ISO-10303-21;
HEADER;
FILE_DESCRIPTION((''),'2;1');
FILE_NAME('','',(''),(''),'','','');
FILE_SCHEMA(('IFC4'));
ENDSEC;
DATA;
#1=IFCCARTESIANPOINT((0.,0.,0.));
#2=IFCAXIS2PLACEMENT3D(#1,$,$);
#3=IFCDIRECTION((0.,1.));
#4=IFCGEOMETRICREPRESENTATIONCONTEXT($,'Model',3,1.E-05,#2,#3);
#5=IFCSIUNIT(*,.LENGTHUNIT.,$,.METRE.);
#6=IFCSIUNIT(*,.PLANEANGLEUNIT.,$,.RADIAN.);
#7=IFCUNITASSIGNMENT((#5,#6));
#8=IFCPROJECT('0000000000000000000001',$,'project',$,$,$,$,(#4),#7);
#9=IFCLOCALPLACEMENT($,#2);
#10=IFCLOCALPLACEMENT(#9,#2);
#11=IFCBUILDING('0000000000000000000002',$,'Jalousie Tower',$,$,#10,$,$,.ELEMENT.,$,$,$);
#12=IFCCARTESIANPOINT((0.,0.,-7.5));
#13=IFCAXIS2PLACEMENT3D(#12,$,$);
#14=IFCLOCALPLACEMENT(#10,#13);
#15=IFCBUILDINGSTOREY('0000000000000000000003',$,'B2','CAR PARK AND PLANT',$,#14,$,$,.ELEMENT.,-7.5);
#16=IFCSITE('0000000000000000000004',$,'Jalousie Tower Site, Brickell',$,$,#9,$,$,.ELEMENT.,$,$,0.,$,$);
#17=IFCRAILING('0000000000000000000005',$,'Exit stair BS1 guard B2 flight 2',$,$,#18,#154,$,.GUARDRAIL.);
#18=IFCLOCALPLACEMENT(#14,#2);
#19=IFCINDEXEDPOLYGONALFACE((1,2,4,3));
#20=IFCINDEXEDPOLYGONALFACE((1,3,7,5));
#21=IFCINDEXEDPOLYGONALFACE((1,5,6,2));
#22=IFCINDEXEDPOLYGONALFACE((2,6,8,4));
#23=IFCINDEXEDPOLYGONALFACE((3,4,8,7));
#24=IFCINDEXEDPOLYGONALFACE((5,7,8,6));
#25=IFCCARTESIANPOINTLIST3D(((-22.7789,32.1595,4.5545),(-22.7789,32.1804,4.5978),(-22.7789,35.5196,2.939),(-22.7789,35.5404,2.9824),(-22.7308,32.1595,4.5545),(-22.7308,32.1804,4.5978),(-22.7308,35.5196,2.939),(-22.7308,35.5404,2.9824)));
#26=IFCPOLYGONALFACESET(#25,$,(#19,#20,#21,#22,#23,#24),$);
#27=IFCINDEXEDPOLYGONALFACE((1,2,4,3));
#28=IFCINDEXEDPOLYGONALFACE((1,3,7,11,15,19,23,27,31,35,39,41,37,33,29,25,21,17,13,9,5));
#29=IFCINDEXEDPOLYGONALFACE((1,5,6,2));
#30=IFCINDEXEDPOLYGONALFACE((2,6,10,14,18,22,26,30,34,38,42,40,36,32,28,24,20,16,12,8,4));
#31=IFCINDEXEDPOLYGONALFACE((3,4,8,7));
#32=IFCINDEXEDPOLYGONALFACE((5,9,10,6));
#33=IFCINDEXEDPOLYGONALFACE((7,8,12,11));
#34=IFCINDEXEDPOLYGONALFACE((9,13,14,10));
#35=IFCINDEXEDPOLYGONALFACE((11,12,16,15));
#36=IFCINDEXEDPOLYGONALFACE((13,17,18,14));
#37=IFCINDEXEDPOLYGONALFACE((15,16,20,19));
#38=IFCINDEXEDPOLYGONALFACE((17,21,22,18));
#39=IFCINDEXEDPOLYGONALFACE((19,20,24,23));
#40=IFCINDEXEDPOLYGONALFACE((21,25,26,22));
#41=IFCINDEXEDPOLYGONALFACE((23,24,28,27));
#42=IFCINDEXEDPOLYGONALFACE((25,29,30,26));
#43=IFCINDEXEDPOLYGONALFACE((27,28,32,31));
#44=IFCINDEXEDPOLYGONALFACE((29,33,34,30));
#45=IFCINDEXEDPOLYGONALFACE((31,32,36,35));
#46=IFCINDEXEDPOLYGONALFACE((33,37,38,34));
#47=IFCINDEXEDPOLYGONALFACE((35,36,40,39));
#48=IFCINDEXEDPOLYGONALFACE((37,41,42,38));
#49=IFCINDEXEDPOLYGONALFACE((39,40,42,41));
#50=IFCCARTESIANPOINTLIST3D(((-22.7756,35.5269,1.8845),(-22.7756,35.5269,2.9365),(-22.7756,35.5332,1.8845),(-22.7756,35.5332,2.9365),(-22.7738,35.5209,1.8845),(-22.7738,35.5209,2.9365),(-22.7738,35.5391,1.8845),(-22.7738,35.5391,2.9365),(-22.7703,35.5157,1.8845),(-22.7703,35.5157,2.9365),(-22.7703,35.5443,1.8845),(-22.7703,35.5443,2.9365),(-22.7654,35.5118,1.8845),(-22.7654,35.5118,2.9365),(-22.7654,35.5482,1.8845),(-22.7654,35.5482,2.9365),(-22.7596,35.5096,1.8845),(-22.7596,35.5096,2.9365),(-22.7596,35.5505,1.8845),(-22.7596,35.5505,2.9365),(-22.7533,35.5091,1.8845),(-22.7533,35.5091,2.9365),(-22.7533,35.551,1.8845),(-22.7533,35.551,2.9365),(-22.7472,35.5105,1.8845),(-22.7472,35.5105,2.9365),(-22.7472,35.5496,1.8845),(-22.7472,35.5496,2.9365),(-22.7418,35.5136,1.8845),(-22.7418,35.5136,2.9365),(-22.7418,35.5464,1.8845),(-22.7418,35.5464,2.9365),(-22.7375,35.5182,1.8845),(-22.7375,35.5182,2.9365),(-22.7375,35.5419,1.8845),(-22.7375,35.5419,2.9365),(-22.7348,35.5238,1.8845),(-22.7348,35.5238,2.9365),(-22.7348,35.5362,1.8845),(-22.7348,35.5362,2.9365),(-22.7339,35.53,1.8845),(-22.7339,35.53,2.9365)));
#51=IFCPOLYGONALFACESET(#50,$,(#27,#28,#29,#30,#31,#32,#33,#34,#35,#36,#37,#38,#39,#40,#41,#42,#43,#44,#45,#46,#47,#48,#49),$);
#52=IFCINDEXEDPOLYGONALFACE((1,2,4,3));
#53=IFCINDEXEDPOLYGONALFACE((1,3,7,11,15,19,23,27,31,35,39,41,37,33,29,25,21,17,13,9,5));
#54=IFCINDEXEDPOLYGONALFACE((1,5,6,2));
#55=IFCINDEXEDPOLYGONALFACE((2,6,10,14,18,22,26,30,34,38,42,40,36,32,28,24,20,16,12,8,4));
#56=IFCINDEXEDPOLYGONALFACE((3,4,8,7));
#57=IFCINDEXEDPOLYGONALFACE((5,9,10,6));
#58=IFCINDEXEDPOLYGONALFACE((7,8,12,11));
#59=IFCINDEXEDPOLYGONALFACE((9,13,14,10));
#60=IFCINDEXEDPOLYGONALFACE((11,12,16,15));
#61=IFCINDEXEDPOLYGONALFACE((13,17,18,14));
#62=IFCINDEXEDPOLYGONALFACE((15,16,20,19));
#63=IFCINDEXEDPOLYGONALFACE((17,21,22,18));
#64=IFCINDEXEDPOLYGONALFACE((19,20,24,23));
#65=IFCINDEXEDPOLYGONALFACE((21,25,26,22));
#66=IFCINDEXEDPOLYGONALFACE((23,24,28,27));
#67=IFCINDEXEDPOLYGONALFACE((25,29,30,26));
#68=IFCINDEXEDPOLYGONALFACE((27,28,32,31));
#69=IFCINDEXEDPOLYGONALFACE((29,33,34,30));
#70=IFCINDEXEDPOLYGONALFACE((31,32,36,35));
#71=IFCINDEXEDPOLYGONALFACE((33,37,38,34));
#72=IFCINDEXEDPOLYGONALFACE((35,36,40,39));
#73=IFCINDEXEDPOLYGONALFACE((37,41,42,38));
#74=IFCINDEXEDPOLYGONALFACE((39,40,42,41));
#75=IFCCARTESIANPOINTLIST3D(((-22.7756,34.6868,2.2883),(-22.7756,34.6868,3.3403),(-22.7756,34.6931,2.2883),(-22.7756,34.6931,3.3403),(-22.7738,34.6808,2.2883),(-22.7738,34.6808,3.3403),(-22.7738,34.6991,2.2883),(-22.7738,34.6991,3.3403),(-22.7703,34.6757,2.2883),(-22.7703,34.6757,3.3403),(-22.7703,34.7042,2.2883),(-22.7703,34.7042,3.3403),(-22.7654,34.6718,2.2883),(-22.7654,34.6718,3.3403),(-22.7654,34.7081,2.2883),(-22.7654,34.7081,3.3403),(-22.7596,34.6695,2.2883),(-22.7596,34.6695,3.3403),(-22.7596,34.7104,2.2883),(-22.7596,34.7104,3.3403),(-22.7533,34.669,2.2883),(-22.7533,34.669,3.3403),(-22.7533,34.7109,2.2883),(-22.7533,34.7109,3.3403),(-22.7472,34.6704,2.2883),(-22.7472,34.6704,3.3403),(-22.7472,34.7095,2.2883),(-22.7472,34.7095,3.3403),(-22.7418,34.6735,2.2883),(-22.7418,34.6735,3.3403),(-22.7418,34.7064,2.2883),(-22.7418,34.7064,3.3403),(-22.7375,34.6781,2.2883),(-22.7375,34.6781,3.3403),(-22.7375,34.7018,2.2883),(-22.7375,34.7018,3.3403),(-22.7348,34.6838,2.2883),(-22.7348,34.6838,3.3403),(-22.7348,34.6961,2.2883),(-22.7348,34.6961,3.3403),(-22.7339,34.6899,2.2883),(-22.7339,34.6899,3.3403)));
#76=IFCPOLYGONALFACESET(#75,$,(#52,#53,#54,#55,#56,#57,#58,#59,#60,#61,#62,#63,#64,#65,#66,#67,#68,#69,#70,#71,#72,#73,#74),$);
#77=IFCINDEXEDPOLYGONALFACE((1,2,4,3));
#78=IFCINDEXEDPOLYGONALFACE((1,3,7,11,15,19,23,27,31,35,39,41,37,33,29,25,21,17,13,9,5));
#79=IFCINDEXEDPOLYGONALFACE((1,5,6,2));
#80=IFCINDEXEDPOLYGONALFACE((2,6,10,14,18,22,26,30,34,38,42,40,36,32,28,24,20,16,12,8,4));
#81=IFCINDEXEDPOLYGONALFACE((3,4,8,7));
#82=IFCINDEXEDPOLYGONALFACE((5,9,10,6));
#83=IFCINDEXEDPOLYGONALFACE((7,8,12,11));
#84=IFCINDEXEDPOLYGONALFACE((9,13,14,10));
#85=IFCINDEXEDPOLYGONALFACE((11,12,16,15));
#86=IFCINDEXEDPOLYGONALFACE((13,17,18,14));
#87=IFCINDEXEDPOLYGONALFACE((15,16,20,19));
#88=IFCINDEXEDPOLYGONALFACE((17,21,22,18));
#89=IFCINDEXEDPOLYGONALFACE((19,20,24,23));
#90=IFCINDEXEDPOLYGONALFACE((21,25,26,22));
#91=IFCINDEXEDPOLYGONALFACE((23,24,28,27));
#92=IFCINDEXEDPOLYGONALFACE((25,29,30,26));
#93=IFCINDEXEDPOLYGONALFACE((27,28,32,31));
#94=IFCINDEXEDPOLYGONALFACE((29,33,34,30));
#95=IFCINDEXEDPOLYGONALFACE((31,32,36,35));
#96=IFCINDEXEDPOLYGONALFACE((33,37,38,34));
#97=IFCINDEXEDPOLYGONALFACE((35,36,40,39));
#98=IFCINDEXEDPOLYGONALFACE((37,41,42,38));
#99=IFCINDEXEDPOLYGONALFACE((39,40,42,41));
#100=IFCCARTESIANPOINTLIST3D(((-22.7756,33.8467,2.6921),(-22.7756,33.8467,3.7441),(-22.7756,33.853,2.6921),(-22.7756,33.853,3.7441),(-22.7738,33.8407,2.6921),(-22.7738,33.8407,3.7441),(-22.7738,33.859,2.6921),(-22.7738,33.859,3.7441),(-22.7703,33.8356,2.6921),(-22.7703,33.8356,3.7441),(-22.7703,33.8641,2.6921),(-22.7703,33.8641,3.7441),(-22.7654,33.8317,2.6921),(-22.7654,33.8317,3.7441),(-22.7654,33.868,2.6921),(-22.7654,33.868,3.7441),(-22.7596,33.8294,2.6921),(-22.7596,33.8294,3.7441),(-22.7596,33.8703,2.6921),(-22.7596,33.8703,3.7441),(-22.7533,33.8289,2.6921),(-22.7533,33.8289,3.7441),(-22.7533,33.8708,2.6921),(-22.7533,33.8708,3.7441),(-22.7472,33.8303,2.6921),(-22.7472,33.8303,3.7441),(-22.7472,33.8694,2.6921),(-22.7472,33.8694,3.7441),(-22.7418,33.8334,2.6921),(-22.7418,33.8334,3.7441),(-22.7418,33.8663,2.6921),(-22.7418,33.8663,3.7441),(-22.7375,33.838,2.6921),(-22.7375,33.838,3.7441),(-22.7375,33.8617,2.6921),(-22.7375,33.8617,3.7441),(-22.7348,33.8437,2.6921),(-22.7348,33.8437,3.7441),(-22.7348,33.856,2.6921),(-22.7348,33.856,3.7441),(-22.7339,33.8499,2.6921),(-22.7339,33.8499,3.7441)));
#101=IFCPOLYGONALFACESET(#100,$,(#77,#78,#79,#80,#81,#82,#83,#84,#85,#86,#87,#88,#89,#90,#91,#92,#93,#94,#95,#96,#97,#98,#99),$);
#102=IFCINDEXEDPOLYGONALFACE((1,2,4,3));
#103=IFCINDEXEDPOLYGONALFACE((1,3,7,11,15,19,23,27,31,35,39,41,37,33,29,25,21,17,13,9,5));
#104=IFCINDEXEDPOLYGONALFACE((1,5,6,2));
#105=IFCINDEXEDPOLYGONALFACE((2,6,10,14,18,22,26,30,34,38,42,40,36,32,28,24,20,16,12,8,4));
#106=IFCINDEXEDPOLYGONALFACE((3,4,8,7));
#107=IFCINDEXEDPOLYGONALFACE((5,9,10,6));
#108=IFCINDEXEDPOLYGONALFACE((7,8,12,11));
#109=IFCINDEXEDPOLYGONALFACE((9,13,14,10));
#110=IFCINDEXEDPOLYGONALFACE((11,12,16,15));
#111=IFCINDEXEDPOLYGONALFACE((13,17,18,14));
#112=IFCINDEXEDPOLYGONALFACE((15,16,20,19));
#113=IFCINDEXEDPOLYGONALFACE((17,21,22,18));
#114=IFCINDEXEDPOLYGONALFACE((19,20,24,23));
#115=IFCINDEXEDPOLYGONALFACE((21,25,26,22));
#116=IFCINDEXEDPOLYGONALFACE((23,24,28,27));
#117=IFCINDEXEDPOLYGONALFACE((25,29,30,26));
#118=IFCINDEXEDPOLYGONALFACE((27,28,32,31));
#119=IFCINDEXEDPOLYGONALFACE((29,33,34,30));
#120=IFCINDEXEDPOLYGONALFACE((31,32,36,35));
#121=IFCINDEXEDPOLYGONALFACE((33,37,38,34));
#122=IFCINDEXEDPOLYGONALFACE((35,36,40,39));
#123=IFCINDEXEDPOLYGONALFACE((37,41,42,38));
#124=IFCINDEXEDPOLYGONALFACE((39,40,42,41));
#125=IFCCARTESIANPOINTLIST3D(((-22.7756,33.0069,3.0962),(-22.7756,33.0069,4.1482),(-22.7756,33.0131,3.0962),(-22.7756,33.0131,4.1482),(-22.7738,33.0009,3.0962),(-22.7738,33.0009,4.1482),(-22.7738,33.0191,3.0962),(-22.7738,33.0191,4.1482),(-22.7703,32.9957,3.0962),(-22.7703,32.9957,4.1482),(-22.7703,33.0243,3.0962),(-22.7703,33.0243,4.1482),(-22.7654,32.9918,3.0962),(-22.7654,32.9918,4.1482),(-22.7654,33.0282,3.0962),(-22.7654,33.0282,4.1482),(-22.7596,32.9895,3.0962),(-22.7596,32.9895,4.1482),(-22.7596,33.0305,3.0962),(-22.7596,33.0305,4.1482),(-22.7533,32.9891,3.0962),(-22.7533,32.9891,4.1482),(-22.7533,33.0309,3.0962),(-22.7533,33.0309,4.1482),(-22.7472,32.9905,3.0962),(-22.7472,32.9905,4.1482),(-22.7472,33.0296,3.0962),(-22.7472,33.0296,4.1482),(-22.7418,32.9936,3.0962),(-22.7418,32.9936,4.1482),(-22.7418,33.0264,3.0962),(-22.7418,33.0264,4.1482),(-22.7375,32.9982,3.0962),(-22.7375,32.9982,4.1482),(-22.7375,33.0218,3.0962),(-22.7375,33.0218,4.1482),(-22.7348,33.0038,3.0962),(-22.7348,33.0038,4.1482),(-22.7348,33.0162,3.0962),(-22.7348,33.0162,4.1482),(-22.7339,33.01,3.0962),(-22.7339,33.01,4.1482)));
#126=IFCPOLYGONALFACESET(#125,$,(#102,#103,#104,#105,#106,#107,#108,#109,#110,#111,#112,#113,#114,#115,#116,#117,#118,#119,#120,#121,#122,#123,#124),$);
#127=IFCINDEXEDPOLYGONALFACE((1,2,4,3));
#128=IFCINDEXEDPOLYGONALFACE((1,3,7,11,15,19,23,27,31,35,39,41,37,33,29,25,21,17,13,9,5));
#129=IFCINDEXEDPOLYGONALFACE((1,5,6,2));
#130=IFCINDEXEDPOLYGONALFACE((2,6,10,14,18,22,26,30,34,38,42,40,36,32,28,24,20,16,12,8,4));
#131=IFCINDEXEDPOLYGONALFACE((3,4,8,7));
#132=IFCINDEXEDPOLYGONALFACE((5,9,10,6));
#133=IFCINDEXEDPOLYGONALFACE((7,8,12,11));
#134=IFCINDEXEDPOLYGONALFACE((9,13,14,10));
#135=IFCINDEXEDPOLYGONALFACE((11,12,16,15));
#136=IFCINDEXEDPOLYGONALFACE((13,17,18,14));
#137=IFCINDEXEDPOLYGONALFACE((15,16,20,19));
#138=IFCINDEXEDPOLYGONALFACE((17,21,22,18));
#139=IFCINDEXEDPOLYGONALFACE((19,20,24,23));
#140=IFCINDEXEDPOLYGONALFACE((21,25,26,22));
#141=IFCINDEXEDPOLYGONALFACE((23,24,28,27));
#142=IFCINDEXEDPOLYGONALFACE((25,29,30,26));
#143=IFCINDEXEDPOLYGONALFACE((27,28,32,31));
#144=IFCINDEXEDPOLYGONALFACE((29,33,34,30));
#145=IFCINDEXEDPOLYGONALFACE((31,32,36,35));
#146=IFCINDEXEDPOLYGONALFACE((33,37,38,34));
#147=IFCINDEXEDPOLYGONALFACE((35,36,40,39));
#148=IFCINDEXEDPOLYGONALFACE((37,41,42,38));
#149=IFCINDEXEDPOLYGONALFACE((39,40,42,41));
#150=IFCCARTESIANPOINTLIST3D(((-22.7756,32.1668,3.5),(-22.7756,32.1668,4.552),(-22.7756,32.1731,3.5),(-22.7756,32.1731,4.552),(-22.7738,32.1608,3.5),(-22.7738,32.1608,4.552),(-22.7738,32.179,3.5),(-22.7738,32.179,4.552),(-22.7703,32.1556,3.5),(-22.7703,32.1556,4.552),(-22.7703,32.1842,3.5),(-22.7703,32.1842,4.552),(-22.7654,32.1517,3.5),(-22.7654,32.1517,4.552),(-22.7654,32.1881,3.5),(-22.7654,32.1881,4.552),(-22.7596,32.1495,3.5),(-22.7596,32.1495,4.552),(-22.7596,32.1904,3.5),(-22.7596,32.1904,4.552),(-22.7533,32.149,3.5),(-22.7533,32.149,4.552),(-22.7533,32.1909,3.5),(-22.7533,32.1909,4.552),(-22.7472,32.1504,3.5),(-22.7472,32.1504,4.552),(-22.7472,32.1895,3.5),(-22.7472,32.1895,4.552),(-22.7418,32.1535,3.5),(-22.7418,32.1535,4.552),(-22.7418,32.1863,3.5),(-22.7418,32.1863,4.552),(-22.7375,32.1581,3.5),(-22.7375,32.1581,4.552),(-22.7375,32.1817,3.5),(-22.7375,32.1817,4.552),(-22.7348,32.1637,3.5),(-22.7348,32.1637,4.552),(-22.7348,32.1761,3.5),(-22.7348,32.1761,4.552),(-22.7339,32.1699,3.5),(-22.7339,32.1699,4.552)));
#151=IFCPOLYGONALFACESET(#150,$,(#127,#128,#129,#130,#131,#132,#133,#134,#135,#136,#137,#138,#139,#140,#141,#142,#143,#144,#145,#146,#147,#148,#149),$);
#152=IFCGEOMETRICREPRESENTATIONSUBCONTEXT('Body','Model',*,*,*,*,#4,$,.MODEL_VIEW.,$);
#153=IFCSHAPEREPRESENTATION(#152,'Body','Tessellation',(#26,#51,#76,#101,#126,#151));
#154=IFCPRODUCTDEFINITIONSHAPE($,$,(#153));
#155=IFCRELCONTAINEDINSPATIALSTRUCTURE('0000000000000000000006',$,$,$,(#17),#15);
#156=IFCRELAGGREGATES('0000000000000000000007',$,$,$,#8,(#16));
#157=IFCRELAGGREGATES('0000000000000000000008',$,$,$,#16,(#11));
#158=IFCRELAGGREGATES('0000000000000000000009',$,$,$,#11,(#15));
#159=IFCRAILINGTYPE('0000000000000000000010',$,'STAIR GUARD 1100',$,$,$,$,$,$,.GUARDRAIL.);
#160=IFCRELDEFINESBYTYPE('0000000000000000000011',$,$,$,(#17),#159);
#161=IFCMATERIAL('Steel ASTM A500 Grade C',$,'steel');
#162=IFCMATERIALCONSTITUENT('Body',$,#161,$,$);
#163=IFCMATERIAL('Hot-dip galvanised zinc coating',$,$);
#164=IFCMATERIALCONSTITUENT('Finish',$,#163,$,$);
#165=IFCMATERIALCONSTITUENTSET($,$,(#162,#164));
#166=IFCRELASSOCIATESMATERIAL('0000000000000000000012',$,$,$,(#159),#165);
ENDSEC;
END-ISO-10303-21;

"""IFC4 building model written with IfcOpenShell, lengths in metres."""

from ifc_helpers import new_model, si_unit, direction, frame, origin, origin_2d, place, context, subcontext, project, spatial, rectangle, circle, extrude, material, constituent, constituent_set, type_object, element, save


model = new_model("IFC4")

# Units and contexts
model_context = context("Model", 3, precision=1e-05, world=origin(), true_north=direction((0.0, 1.0)))
body_context = subcontext(model_context, "Body", "Model", "MODEL_VIEW")
ifc_project = project(units=[si_unit("LENGTHUNIT", "METRE"), si_unit("PLANEANGLEUNIT", "RADIAN")], contexts=[model_context])

# Site, building, storey
site_placement = place(None, origin())
site = spatial("IfcSite", under=ifc_project, at=site_placement, Name="Jalousie Tower Site, Brickell", CompositionType="ELEMENT", RefElevation=0.0)
building_placement = place(site_placement, origin())
building = spatial("IfcBuilding", under=site, at=building_placement, Name="Jalousie Tower", CompositionType="ELEMENT")
storey_placement = place(building_placement, frame((0.0, 0.0, -7.5)))
storey = spatial("IfcBuildingStorey", under=building, at=storey_placement, Name="B2", Description="CAR PARK AND PLANT", CompositionType="ELEMENT", Elevation=-7.5)

# Railing
ifc_material_1 = material(Name="Steel ASTM A500 Grade C", Category="steel")
ifc_constituent_1 = constituent(ifc_material_1, Name="Body")
ifc_material_2 = material(Name="Hot-dip galvanised zinc coating")
ifc_constituent_2 = constituent(ifc_material_2, Name="Finish")
ifc_constituent_set_1 = constituent_set(constituents=[ifc_constituent_1, ifc_constituent_2])
railing_type = type_object("IfcRailingType", Name="STAIR GUARD 1100", PredefinedType="GUARDRAIL", material=ifc_constituent_set_1)
railing_placement = place(storey_placement, frame((-22.7549, 35.53, 1.8845)))
element("IfcRailing", 1, at=railing_placement, inside=storey, type_object=railing_type, Name="Exit stair BS1 guard B2 flight 2", PredefinedType="GUARDRAIL", context=body_context, shape_type="SweptSolid", body=[
    extrude(rectangle(XDim=0.0481, YDim=0.0481, at=origin_2d()), frame((0.0, 0.0, 1.0762), z_axis=(0.0, -0.901248, 0.433304), x_axis=(1.0, 0.0, 0.0)), (0.0, 0.0, 1.0), 3.7283),
    extrude(circle(Radius=0.021, at=origin_2d()), origin(), (0.0, 0.0, 1.0), 1.052),
    extrude(circle(Radius=0.021, at=origin_2d()), frame((0.0, -0.8401, 0.4038)), (0.0, 0.0, 1.0), 1.052),
    extrude(circle(Radius=0.021, at=origin_2d()), frame((0.0, -1.6802, 0.8076)), (0.0, 0.0, 1.0), 1.052),
    extrude(circle(Radius=0.021, at=origin_2d()), frame((0.0, -2.52, 1.2117)), (0.0, 0.0, 1.0), 1.052),
    extrude(circle(Radius=0.021, at=origin_2d()), frame((0.0, -3.3601, 1.6155)), (0.0, 0.0, 1.0), 1.052),
])

save(model, "model.ifc")
